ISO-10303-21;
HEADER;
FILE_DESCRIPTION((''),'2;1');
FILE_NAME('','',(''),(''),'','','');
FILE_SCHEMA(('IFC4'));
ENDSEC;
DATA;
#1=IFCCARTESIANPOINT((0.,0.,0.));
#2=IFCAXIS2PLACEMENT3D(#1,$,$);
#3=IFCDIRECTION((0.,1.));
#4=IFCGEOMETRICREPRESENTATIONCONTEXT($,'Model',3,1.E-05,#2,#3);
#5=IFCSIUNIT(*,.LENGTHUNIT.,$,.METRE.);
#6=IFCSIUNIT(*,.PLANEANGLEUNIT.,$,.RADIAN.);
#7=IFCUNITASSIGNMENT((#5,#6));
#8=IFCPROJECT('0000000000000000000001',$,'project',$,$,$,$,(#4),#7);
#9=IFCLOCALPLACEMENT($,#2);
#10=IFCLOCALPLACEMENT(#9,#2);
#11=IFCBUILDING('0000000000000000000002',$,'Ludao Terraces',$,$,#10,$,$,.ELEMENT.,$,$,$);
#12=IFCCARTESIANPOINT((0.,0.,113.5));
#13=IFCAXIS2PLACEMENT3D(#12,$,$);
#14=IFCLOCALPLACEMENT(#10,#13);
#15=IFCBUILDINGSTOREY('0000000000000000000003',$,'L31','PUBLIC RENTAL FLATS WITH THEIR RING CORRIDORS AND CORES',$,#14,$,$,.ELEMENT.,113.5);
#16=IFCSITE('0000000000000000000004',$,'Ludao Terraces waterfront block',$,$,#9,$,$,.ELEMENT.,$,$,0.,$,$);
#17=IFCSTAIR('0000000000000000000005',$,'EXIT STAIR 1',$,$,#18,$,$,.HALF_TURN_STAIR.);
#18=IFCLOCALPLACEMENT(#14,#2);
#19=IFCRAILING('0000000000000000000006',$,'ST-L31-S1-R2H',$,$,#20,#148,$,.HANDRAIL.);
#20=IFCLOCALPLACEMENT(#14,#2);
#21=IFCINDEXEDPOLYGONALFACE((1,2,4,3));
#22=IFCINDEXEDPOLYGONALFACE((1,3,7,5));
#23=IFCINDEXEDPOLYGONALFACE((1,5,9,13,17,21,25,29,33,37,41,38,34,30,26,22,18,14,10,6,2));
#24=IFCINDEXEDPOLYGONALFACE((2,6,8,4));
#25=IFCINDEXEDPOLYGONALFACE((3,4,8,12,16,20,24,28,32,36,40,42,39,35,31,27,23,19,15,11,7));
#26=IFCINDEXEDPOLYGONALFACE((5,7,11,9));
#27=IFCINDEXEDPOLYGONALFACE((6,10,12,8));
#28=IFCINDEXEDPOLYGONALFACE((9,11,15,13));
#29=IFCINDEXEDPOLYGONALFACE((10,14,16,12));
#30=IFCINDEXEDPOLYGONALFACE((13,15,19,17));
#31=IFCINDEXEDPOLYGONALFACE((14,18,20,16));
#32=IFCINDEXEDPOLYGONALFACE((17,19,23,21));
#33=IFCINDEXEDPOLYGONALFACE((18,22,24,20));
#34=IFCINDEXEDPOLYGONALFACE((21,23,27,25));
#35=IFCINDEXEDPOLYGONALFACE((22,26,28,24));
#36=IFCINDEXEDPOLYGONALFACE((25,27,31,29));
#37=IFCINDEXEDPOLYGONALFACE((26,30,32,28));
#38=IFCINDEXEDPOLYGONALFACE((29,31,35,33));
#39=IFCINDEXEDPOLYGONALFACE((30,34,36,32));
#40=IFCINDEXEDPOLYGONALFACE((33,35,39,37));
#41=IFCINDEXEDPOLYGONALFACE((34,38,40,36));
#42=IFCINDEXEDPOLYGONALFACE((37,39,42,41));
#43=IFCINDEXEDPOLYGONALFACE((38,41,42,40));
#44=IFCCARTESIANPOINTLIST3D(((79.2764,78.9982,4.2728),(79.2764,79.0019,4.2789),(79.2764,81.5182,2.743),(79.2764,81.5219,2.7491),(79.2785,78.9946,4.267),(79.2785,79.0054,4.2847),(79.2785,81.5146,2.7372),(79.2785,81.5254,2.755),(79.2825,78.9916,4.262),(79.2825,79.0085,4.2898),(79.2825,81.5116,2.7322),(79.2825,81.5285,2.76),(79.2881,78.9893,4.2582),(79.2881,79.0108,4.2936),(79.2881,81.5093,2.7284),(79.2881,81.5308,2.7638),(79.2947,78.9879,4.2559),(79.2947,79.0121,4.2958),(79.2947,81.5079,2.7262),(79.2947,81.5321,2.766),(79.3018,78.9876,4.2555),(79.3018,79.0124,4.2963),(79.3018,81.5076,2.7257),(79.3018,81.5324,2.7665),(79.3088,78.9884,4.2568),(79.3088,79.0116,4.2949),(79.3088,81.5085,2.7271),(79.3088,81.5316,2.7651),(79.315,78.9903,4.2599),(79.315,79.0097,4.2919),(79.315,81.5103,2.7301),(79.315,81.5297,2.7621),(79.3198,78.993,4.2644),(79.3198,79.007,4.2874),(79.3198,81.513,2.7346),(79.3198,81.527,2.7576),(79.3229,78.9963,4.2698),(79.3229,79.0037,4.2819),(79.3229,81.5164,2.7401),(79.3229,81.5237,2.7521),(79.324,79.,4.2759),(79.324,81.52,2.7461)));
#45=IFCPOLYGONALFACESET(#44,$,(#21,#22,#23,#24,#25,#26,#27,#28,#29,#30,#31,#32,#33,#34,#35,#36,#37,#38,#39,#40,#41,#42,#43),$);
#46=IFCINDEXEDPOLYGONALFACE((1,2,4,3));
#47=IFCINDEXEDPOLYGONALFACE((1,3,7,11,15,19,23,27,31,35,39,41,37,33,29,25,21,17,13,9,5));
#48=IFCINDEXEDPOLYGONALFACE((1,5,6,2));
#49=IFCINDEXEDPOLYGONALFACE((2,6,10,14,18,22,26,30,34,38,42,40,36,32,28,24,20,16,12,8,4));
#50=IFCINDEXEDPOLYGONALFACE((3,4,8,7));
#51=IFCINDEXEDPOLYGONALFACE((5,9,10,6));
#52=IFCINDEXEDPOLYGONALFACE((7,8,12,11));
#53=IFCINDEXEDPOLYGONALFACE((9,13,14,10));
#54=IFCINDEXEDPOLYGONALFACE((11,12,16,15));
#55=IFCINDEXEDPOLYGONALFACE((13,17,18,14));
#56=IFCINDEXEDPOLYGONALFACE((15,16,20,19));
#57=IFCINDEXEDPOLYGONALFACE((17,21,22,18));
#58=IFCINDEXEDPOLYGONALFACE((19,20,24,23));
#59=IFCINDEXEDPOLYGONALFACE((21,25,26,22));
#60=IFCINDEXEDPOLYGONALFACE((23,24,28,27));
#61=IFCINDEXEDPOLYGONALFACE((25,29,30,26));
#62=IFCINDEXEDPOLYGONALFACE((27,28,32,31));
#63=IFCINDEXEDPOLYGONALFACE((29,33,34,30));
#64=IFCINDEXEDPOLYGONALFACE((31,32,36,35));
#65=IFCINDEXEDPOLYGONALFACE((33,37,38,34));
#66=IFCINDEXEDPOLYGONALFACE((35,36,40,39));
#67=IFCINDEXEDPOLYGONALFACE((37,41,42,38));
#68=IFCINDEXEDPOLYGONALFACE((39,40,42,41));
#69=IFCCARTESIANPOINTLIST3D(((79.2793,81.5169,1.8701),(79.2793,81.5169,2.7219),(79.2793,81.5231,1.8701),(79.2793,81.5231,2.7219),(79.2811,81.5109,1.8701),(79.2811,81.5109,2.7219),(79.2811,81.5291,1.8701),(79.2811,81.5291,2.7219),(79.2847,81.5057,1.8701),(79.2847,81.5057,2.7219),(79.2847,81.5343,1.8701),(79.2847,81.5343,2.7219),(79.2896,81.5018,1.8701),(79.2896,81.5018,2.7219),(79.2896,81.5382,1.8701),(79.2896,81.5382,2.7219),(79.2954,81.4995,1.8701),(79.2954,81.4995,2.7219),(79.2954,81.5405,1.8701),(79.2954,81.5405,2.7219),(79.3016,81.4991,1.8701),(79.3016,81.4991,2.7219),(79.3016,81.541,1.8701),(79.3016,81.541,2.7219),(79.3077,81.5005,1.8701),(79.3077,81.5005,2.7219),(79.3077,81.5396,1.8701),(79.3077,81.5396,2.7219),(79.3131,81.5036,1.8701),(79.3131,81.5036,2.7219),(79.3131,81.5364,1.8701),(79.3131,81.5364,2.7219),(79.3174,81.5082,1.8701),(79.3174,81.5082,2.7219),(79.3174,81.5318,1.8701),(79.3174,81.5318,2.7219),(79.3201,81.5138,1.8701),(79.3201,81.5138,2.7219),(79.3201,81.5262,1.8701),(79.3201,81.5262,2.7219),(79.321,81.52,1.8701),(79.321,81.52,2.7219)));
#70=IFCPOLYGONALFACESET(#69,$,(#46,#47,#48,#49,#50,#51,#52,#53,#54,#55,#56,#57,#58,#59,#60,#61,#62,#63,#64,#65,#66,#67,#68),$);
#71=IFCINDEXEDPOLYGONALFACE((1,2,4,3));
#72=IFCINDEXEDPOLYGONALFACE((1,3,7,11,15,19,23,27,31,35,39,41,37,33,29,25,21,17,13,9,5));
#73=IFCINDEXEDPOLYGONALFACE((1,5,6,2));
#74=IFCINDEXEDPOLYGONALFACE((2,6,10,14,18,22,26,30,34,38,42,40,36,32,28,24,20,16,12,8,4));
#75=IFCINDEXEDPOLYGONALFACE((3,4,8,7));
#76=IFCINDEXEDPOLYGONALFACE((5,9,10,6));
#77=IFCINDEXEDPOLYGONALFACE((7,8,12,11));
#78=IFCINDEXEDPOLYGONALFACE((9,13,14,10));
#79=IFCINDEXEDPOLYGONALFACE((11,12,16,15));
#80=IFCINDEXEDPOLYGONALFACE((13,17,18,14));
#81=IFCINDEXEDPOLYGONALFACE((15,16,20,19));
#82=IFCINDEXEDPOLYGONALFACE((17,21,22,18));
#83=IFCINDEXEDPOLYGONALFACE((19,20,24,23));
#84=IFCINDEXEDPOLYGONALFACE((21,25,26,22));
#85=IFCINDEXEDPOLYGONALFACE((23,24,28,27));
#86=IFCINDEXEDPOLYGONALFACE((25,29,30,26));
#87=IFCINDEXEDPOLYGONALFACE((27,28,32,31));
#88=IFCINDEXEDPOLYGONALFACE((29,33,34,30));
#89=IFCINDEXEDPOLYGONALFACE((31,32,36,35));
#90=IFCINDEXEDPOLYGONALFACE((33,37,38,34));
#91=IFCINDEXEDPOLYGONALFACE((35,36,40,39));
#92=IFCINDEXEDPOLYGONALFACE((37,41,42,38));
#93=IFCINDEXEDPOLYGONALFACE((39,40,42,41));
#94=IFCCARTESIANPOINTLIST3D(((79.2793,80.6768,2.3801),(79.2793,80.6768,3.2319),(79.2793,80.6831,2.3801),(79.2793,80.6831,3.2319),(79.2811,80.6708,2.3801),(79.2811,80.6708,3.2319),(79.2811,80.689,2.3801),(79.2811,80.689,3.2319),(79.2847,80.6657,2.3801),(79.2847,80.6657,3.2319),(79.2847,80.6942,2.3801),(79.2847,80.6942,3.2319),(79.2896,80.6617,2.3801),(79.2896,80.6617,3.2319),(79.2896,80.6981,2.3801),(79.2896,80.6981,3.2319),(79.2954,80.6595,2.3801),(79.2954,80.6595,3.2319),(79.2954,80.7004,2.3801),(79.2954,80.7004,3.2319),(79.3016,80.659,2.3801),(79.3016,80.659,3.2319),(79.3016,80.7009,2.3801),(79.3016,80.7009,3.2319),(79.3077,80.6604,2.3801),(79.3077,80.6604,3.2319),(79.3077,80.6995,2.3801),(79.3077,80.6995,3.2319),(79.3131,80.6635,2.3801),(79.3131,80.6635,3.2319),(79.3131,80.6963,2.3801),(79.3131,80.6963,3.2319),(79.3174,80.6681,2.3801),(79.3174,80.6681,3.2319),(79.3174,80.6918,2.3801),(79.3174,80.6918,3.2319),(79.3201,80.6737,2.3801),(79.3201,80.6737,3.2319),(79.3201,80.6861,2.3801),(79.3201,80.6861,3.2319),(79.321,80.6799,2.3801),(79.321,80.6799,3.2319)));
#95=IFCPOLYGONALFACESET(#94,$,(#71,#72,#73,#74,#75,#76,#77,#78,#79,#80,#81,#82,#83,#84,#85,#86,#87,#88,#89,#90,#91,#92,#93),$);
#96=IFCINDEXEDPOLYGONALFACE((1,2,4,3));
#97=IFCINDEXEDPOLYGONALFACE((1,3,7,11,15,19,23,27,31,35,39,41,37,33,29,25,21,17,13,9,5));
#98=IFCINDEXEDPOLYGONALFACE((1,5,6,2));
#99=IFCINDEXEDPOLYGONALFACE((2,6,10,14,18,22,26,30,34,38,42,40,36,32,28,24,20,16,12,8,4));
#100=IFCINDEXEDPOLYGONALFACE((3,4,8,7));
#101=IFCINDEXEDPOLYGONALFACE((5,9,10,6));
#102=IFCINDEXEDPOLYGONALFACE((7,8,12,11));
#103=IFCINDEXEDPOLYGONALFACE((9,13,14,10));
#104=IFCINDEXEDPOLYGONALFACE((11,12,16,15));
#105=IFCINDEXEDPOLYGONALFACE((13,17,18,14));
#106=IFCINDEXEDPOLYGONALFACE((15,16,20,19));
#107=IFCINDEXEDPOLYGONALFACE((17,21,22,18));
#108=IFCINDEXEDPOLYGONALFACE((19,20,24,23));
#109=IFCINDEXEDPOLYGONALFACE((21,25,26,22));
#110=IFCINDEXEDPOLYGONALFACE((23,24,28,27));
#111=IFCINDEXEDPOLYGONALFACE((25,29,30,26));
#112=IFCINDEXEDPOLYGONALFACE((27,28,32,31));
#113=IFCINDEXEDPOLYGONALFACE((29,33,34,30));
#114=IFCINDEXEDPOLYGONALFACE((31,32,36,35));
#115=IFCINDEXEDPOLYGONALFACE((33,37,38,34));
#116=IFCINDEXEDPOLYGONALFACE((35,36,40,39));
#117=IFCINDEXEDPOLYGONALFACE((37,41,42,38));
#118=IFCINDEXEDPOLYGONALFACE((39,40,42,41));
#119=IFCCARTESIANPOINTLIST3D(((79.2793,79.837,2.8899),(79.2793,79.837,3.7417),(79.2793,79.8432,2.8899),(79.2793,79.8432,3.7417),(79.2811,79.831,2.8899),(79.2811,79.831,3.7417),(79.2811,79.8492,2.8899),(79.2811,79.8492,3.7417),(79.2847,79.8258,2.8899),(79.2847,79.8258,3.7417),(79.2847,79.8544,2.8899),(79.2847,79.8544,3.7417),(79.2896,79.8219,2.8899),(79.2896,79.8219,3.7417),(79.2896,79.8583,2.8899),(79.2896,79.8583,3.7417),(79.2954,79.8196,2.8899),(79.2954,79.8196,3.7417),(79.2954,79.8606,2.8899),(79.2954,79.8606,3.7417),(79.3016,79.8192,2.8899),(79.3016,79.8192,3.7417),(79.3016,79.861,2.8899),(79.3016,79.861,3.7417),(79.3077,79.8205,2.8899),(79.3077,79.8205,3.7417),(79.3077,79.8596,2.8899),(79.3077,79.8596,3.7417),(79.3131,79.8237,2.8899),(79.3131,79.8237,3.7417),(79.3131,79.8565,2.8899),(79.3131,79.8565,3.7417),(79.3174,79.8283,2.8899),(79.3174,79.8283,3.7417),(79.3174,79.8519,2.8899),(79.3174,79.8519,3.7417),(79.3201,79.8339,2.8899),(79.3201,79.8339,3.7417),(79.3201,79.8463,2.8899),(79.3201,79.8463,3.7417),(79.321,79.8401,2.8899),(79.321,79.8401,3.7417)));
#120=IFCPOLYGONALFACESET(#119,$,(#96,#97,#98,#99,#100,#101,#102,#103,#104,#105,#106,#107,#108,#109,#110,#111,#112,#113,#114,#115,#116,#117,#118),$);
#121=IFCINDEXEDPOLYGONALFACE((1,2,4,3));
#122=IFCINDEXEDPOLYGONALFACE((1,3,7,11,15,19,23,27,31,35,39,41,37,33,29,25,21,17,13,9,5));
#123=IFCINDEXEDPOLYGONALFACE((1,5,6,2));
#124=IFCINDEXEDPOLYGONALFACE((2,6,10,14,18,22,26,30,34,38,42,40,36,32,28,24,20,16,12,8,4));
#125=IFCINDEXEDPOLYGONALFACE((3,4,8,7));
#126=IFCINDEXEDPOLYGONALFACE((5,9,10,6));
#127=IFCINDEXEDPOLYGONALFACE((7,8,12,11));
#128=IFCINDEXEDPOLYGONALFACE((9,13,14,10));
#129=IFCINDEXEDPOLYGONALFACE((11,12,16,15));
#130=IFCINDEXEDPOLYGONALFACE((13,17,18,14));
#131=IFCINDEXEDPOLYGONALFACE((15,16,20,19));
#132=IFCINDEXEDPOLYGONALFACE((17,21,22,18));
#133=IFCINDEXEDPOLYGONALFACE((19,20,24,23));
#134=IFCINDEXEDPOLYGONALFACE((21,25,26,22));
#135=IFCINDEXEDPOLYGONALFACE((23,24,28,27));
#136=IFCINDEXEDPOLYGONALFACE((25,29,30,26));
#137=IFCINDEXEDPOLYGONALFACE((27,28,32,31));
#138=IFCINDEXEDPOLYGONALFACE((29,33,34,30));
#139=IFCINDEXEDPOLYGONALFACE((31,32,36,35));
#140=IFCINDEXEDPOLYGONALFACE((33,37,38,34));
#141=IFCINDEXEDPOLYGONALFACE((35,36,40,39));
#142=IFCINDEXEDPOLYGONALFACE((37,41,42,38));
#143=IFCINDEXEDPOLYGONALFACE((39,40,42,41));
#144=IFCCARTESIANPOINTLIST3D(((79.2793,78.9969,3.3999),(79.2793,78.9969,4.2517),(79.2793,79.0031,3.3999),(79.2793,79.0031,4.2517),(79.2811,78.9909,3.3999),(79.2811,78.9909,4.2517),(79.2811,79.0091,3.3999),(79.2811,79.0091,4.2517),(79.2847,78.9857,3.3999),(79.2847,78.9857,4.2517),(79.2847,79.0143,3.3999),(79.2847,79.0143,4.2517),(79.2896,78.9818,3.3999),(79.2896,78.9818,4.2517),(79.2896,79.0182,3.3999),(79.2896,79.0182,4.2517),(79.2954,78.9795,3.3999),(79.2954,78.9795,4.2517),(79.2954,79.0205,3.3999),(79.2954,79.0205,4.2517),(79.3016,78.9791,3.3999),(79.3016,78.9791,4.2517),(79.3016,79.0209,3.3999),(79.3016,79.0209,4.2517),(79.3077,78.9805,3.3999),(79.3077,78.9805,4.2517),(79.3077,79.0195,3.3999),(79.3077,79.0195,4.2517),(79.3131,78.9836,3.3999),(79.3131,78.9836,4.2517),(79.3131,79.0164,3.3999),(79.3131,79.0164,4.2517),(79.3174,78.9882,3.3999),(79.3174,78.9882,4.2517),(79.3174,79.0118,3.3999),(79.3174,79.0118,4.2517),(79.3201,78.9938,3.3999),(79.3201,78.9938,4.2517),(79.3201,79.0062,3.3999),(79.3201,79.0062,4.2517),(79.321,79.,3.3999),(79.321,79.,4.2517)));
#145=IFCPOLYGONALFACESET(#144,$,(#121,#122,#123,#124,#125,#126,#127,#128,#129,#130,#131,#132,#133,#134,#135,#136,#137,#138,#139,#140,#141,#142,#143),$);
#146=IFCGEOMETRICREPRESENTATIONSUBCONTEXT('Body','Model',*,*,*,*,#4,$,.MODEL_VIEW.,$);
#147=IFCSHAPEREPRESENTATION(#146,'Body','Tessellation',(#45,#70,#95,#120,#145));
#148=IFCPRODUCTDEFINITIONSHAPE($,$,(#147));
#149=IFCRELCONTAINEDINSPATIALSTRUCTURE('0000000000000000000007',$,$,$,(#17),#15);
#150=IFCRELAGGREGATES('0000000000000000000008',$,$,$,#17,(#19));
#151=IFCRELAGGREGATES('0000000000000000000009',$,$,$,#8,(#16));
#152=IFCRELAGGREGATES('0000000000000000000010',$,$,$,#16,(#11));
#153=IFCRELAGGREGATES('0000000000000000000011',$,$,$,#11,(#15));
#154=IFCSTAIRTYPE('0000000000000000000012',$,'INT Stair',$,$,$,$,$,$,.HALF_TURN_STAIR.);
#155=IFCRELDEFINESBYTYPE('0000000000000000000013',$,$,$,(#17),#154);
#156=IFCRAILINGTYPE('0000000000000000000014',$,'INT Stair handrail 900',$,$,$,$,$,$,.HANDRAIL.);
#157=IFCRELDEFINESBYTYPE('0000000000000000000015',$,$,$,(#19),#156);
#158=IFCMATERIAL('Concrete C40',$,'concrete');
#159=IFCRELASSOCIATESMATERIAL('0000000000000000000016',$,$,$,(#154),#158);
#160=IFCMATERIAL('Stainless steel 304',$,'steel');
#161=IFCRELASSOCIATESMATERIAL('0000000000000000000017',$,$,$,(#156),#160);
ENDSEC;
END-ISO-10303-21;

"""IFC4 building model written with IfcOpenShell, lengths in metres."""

from ifc_helpers import new_model, si_unit, direction, frame, origin, origin_2d, place, context, subcontext, project, spatial, circle, extrude, material, type_object, element, aggregate, save


model = new_model("IFC4")

# Units and contexts
model_context = context("Model", 3, precision=1e-05, world=origin(), true_north=direction((0.0, 1.0)))
body_context = subcontext(model_context, "Body", "Model", "MODEL_VIEW")
ifc_project = project(units=[si_unit("LENGTHUNIT", "METRE"), si_unit("PLANEANGLEUNIT", "RADIAN")], contexts=[model_context])

# Site, building, storey
site_placement = place(None, origin())
site = spatial("IfcSite", under=ifc_project, at=site_placement, Name="Ludao Terraces waterfront block", CompositionType="ELEMENT", RefElevation=0.0)
building_placement = place(site_placement, origin())
building = spatial("IfcBuilding", under=site, at=building_placement, Name="Ludao Terraces", CompositionType="ELEMENT")
storey_placement = place(building_placement, frame((0.0, 0.0, 113.5)))
storey = spatial("IfcBuildingStorey", under=building, at=storey_placement, Name="L31", Description="PUBLIC RENTAL FLATS WITH THEIR RING CORRIDORS AND CORES", CompositionType="ELEMENT", Elevation=113.5)

# Shared definitions
ifc_material_1 = material(Name="Stainless steel 304", Category="steel")

# Stair, railing
ifc_material_2 = material(Name="Concrete C40", Category="concrete")
stair_type = type_object("IfcStairType", Name="INT Stair", PredefinedType="HALF_TURN_STAIR", material=ifc_material_2)
stair_placement = place(storey_placement, origin())
stair = element("IfcStair", 1, at=stair_placement, inside=storey, type_object=stair_type, Name="EXIT STAIR 1", PredefinedType="HALF_TURN_STAIR")
railing_type_1 = type_object("IfcRailingType", Name="INT Stair handrail 900", PredefinedType="HANDRAIL", material=ifc_material_1)
railing_1_placement = place(storey_placement, frame((79.3, 81.52, 1.8701)))
railing_1 = element("IfcRailing", 2, at=railing_1_placement, type_object=railing_type_1, Name="ST-L31-S1-R2H", PredefinedType="HANDRAIL", context=body_context, shape_type="SweptSolid", body=[
    extrude(circle(Radius=0.0239, at=origin_2d()), frame((0.0, 0.0, 0.876), z_axis=(0.0, -0.854822, 0.518922), x_axis=(1.0, 0.0, 0.0)), (0.0, 0.0, 1.0), 2.948),
    extrude(circle(Radius=0.021, at=origin_2d()), origin(), (0.0, 0.0, 1.0), 0.8518),
    extrude(circle(Radius=0.021, at=origin_2d()), frame((0.0, -0.8401, 0.51)), (0.0, 0.0, 1.0), 0.8518),
    extrude(circle(Radius=0.021, at=origin_2d()), frame((0.0, -1.6799, 1.0198)), (0.0, 0.0, 1.0), 0.8518),
    extrude(circle(Radius=0.021, at=origin_2d()), frame((0.0, -2.52, 1.5298)), (0.0, 0.0, 1.0), 0.8518),
])
aggregate(stair, [railing_1])

save(model, "model.ifc")
